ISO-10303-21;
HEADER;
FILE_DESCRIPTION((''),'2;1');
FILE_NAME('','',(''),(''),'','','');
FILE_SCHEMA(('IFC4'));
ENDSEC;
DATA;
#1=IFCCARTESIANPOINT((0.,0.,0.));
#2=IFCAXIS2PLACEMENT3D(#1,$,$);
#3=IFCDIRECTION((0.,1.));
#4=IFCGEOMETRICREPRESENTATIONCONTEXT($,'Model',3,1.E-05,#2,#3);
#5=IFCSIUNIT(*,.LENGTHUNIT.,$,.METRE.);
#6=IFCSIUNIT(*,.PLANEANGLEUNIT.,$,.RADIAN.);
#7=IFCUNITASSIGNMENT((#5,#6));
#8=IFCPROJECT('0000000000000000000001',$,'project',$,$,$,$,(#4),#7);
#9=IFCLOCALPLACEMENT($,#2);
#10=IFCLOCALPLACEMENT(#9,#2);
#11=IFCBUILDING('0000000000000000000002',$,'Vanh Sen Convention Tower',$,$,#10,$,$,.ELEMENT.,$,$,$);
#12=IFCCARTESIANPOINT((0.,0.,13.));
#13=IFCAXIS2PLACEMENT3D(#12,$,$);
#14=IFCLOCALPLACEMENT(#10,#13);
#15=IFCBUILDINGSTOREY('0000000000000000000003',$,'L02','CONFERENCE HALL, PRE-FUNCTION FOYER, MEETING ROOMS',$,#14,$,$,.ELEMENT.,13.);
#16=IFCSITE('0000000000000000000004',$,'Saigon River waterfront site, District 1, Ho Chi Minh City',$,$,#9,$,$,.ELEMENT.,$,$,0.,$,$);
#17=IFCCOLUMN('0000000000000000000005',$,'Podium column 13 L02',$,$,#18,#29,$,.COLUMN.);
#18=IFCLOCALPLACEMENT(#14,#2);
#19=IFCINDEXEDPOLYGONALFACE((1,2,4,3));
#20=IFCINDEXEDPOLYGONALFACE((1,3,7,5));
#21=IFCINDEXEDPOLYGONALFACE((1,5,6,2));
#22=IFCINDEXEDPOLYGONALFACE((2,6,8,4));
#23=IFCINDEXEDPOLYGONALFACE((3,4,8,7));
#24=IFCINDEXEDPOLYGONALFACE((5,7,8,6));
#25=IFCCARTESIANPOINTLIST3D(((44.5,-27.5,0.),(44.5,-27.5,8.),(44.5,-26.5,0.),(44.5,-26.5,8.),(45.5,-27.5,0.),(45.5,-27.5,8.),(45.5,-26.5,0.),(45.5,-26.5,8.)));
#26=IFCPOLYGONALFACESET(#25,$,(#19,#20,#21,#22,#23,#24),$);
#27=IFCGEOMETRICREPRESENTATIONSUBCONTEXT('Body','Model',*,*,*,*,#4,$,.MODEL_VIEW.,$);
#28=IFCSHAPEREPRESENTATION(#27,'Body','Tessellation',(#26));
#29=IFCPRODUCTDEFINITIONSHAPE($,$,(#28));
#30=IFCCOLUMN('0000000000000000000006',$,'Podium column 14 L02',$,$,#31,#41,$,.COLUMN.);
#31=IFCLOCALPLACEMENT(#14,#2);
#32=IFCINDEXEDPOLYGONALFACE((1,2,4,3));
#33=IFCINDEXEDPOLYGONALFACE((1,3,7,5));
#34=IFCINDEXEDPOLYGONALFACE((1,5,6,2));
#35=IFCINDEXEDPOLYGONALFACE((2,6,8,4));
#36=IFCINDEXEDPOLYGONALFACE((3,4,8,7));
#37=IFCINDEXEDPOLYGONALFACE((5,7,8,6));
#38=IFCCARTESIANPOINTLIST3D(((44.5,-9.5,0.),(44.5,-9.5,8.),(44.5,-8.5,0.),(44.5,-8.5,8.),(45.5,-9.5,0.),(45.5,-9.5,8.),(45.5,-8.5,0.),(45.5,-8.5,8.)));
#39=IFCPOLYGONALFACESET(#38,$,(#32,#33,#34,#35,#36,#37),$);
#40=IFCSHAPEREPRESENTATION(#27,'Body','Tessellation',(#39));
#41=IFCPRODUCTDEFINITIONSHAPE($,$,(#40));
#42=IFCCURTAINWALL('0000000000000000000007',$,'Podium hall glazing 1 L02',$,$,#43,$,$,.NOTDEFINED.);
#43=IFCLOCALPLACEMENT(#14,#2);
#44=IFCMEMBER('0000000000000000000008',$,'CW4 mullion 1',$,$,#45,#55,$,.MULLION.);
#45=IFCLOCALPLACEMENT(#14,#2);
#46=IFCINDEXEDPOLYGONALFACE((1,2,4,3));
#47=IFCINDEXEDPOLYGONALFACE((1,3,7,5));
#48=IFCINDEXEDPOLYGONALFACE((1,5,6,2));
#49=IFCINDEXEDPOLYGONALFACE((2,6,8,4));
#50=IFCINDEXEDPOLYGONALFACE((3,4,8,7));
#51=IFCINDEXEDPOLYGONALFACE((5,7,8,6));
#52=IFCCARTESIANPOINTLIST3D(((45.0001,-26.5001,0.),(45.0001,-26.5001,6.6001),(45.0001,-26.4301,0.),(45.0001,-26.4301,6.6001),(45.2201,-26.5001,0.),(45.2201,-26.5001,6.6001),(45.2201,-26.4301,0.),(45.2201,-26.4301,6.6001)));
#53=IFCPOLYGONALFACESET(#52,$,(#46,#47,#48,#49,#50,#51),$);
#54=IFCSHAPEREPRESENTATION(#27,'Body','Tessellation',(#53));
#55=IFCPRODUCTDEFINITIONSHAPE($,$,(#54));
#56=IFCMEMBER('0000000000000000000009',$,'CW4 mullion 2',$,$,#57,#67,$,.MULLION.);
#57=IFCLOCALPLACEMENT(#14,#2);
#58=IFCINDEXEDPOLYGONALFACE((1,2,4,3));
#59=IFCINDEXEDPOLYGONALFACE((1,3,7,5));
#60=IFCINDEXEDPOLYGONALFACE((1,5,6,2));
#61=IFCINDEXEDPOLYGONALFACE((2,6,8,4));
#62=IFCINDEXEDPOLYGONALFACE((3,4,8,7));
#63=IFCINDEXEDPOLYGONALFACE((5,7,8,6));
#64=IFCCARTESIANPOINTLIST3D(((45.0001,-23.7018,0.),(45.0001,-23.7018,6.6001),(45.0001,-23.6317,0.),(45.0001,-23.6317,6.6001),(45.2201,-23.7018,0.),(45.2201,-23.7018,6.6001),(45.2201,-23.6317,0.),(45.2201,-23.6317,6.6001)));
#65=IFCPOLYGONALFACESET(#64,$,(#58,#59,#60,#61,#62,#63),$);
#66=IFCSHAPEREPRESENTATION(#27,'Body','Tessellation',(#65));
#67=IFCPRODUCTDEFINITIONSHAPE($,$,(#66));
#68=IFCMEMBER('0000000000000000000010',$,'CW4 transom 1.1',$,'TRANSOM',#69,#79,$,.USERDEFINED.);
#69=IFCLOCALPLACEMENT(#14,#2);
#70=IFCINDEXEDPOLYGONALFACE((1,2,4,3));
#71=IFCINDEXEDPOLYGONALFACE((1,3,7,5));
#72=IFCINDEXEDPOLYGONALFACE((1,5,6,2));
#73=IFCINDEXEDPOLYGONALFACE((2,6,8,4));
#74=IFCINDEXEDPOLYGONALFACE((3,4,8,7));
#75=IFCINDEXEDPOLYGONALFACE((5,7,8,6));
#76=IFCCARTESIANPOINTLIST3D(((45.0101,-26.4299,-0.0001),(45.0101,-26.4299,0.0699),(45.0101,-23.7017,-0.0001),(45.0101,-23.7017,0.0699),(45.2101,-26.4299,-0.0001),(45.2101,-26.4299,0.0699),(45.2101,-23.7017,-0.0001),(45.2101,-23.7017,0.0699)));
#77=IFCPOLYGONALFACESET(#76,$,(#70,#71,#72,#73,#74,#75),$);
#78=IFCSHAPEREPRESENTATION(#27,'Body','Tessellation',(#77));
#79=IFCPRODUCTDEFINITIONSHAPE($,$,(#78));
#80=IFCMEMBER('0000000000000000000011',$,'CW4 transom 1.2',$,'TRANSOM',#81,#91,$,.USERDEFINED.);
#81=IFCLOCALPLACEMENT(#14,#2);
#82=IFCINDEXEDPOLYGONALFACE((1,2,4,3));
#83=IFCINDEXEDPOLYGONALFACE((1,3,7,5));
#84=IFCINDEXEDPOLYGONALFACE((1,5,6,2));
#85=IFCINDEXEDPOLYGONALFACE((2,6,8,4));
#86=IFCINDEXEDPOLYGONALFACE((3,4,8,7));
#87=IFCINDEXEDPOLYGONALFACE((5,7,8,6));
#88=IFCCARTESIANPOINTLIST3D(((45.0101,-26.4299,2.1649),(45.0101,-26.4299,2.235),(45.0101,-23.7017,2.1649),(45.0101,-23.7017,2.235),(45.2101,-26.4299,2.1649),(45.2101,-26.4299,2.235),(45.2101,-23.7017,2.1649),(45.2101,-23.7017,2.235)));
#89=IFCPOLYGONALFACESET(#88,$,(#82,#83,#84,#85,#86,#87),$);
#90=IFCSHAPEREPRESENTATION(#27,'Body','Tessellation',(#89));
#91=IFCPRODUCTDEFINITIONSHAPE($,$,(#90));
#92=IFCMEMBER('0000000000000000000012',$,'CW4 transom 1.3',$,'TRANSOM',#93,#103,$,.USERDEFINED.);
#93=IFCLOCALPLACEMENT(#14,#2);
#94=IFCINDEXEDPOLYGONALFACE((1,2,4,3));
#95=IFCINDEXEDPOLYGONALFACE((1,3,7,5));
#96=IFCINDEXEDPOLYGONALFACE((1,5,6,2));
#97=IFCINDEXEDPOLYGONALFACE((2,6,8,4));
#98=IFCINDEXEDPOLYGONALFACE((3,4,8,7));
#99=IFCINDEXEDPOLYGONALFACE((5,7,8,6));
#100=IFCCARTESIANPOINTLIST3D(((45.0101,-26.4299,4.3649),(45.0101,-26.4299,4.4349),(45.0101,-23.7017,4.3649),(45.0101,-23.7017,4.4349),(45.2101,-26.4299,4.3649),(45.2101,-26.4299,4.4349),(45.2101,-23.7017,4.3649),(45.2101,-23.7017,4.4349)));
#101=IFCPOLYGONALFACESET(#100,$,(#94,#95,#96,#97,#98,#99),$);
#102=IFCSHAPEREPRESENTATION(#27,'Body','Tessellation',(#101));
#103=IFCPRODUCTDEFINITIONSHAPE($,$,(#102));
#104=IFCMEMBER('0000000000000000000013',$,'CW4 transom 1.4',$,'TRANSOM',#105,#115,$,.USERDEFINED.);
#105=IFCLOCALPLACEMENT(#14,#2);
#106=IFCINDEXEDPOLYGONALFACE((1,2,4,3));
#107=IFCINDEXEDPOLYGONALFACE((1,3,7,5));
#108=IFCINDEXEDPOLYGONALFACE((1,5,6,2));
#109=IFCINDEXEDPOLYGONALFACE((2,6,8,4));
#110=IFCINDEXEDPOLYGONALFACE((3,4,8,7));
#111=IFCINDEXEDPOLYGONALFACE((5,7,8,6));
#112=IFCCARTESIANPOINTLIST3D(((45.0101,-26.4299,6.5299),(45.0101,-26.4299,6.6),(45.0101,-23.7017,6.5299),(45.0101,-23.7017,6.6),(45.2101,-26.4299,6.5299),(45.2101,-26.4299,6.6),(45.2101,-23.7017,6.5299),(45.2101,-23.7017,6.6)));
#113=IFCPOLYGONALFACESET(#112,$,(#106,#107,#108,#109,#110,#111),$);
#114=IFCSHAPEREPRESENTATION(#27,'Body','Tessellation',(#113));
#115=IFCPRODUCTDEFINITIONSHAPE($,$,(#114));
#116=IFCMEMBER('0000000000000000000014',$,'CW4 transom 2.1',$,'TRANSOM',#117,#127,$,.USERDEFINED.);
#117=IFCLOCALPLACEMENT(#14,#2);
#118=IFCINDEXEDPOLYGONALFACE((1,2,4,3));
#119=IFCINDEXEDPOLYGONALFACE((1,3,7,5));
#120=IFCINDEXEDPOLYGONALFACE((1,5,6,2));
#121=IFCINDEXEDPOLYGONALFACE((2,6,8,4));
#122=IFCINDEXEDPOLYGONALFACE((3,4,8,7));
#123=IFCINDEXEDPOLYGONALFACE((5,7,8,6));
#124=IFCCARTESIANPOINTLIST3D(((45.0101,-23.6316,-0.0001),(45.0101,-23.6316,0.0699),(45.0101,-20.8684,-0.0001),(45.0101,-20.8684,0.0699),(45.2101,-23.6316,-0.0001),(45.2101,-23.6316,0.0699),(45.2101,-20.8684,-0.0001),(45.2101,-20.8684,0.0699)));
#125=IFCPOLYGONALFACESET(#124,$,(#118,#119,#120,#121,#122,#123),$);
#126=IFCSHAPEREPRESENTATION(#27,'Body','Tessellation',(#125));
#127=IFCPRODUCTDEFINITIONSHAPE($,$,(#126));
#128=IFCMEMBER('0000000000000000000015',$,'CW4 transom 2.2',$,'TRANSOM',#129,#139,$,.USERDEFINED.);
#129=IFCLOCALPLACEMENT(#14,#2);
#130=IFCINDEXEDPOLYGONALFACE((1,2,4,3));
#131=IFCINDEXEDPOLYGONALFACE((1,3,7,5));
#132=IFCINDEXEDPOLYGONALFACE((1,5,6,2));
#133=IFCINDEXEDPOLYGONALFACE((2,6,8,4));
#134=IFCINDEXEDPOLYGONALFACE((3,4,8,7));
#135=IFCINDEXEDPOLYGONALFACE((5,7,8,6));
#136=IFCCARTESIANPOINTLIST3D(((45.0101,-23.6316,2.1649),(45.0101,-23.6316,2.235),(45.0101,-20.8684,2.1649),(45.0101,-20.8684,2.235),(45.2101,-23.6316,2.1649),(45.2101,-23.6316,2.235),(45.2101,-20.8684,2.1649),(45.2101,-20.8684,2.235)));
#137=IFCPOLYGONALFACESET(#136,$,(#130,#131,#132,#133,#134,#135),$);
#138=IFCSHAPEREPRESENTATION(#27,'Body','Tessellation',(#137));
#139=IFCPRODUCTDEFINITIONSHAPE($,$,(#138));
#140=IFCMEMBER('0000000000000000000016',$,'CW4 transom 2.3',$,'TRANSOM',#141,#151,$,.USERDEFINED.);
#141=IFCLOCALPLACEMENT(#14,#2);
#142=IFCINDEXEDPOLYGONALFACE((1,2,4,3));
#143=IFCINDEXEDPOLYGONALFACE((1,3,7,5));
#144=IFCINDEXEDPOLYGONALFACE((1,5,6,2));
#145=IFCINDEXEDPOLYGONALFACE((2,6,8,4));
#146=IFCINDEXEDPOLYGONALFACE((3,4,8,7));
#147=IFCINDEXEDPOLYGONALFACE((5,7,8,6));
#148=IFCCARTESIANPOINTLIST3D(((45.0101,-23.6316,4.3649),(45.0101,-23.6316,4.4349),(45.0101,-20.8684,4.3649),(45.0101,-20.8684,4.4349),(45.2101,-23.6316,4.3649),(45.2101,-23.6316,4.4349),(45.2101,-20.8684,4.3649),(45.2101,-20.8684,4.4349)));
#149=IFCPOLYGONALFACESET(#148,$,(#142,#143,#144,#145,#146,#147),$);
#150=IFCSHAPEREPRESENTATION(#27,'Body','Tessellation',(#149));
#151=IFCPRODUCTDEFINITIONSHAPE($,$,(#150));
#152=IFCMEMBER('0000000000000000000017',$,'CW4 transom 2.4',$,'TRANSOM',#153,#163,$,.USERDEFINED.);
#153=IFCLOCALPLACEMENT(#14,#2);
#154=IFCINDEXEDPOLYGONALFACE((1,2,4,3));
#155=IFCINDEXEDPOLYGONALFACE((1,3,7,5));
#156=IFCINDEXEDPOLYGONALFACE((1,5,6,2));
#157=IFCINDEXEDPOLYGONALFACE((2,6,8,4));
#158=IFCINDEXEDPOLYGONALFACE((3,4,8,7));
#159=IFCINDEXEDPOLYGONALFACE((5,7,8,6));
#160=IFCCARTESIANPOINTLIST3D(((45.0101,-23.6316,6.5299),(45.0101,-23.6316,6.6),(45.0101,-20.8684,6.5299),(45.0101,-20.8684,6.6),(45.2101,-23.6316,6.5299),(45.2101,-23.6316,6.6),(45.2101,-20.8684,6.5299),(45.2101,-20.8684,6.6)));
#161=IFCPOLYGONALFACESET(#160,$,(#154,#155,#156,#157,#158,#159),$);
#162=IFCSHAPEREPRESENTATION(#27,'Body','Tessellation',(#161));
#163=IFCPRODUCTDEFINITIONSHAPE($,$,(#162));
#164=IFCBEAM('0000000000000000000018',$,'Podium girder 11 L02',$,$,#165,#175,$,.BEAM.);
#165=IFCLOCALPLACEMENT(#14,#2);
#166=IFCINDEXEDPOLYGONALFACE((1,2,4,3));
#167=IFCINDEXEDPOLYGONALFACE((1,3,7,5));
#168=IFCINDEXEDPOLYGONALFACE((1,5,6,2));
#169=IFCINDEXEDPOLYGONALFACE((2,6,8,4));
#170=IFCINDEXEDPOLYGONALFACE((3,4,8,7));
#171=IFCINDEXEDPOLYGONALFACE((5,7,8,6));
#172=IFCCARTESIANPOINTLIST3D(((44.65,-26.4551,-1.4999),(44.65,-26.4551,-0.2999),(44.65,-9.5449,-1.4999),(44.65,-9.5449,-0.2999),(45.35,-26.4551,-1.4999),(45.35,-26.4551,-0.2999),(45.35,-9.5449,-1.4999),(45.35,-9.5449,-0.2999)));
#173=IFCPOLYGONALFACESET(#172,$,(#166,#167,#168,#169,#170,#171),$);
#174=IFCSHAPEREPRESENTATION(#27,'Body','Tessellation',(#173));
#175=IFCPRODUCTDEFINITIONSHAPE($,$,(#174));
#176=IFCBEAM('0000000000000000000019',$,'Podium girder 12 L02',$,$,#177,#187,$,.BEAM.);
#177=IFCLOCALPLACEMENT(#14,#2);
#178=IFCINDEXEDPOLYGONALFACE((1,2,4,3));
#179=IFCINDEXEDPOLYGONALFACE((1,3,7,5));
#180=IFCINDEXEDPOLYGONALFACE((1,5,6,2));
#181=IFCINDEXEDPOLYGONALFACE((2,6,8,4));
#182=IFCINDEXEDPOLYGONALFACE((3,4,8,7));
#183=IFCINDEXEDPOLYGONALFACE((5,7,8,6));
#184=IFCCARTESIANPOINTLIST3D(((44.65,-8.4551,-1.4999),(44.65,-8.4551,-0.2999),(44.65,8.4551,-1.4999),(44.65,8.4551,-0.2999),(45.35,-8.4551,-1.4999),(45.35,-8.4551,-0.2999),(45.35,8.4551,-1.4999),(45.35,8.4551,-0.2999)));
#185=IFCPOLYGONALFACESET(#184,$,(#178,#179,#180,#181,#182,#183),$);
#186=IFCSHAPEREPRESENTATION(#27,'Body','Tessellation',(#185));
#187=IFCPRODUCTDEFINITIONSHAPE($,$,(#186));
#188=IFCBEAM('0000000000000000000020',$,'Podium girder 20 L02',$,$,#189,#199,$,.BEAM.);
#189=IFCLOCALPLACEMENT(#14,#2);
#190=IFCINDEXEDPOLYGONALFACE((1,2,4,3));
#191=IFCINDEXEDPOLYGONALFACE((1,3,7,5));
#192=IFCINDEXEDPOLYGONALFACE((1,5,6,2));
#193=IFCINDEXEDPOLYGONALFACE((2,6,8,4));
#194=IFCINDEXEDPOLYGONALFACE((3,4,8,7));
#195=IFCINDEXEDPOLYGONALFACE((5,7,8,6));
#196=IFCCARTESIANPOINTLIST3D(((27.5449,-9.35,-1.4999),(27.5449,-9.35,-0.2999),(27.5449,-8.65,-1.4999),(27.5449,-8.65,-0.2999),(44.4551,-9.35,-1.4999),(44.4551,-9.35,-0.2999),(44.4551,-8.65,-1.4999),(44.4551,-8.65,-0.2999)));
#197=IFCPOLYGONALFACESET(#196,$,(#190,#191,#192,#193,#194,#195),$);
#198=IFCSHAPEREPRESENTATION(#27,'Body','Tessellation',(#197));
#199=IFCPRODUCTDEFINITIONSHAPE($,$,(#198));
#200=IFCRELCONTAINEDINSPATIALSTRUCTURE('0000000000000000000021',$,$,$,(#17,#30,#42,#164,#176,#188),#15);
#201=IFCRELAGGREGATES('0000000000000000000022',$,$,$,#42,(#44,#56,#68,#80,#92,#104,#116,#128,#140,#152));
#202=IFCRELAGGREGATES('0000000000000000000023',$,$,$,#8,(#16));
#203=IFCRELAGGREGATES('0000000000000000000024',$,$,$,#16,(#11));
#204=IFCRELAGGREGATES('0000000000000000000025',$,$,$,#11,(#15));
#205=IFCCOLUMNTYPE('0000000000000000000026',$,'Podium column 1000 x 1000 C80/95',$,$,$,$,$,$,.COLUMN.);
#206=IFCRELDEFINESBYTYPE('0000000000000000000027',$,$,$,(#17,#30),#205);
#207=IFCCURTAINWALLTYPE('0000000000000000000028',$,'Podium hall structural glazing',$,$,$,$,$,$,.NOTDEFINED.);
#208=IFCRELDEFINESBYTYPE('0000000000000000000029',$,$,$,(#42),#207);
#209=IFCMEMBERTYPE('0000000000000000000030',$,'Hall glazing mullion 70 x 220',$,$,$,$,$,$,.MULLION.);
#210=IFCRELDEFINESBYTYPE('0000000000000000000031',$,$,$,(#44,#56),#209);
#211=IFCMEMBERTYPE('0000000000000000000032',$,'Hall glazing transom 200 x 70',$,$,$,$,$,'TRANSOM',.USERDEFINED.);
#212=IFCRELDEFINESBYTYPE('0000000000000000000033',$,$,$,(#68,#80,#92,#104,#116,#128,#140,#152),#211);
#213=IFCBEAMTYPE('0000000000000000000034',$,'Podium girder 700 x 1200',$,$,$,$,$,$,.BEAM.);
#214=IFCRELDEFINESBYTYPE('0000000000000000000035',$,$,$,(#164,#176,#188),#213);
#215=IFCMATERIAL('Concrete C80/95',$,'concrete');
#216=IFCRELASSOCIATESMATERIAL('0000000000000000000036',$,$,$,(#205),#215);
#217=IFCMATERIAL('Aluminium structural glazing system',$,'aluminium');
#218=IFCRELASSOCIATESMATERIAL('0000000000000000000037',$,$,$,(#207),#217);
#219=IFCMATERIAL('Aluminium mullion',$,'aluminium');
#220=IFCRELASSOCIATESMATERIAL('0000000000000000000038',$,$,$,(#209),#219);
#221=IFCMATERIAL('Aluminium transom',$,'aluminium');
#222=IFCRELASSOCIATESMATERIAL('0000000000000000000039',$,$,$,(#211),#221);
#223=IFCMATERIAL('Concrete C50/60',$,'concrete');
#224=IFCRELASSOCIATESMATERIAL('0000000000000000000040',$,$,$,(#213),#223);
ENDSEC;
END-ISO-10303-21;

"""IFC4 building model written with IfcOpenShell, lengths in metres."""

from ifc_helpers import new_model, si_unit, direction, frame, origin, origin_2d, place, context, subcontext, project, spatial, rectangle, extrude, material, material_profile, profile_set, type_object, element, aggregate, save


model = new_model("IFC4")

# Units and contexts
model_context = context("Model", 3, precision=1e-05, world=origin(), true_north=direction((0.0, 1.0)))
body_context = subcontext(model_context, "Body", "Model", "MODEL_VIEW")
ifc_project = project(units=[si_unit("LENGTHUNIT", "METRE"), si_unit("PLANEANGLEUNIT", "RADIAN")], contexts=[model_context])

# Site, building, storey
site_placement = place(None, origin())
site = spatial("IfcSite", under=ifc_project, at=site_placement, Name="Saigon River waterfront site, District 1, Ho Chi Minh City", CompositionType="ELEMENT", RefElevation=0.0)
building_placement = place(site_placement, origin())
building = spatial("IfcBuilding", under=site, at=building_placement, Name="Vanh Sen Convention Tower", CompositionType="ELEMENT")
storey_placement = place(building_placement, frame((0.0, 0.0, 13.0)))
storey = spatial("IfcBuildingStorey", under=building, at=storey_placement, Name="L02", Description="CONFERENCE HALL, PRE-FUNCTION FOYER, MEETING ROOMS", CompositionType="ELEMENT", Elevation=13.0)

# Columns
ifc_material_1 = material(Name="Concrete C80/95", Category="concrete")
ifc_material_profile_1 = material_profile(ifc_material_1, rectangle(XDim=1.0, YDim=1.0, at=origin_2d()), Name="RC 1000X1000")
ifc_profile_set_1 = profile_set([ifc_material_profile_1], Name="Concrete C80/95")
column_type = type_object("IfcColumnType", Name="Podium column 1000 x 1000 C80/95", PredefinedType="COLUMN", material=ifc_profile_set_1)
for number, where, z_axis, x_axis, name in (
    (1, (45.0, -27.0, 0.0), (0.0, 0.0, 1.0), (1.0, 0.0, 0.0), "Podium column 13 L02"),
    (2, (45.0, -9.0, 0.0), (0.0, 0.0, 1.0), (1.0, 0.0, 0.0), "Podium column 14 L02"),
):
    element("IfcColumn", number, at=place(storey_placement, frame(where, z_axis=z_axis, x_axis=x_axis)), inside=storey, type_object=column_type, Name=name, PredefinedType="COLUMN", context=body_context, shape_type="SweptSolid", body=[
        extrude(rectangle(XDim=1.0, YDim=1.0, at=origin_2d()), origin(), (0.0, 0.0, 1.0), 8.0),
    ])

# Curtain wall, members
ifc_material_2 = material(Name="Aluminium structural glazing system", Category="aluminium")
curtain_wall_type = type_object("IfcCurtainWallType", Name="Podium hall structural glazing", PredefinedType="NOTDEFINED", material=ifc_material_2)
curtain_wall_placement = place(storey_placement, origin())
curtain_wall = element("IfcCurtainWall", 3, at=curtain_wall_placement, inside=storey, type_object=curtain_wall_type, Name="Podium hall glazing 1 L02", PredefinedType="NOTDEFINED")
ifc_material_3 = material(Name="Aluminium mullion", Category="aluminium")
ifc_material_profile_2 = material_profile(ifc_material_3, rectangle(XDim=0.22, YDim=0.0701, at=origin_2d()), Name="Hall glazing mullion 70 x 220")
ifc_profile_set_2 = profile_set([ifc_material_profile_2], Name="Aluminium mullion")
member_type_1 = type_object("IfcMemberType", Name="Hall glazing mullion 70 x 220", PredefinedType="MULLION", material=ifc_profile_set_2)
member_1_placement = place(storey_placement, frame((45.1101, -26.4651, 0.0), z_axis=(0.0, 0.0, 1.0), x_axis=(-1.0, 0.0, 0.0)))
member_1 = element("IfcMember", 4, at=member_1_placement, type_object=member_type_1, Name="CW4 mullion 1", PredefinedType="MULLION", context=body_context, shape_type="SweptSolid", body=[
    extrude(rectangle(XDim=0.22, YDim=0.0701, at=origin_2d()), origin(), (0.0, 0.0, 1.0), 6.6001),
])
member_2_placement = place(storey_placement, frame((45.1101, -23.6667, 0.0), z_axis=(0.0, 0.0, 1.0), x_axis=(-1.0, 0.0, 0.0)))
member_2 = element("IfcMember", 5, at=member_2_placement, type_object=member_type_1, Name="CW4 mullion 2", PredefinedType="MULLION", context=body_context, shape_type="SweptSolid", body=[
    extrude(rectangle(XDim=0.22, YDim=0.0701, at=origin_2d()), origin(), (0.0, 0.0, 1.0), 6.6001),
])
ifc_material_4 = material(Name="Aluminium transom", Category="aluminium")
ifc_material_profile_3 = material_profile(ifc_material_4, rectangle(XDim=0.2, YDim=0.0701, at=origin_2d()), Name="Hall glazing transom 200 x 70")
ifc_profile_set_3 = profile_set([ifc_material_profile_3], Name="Aluminium transom")
member_type_2 = type_object("IfcMemberType", Name="Hall glazing transom 200 x 70", ElementType="TRANSOM", PredefinedType="USERDEFINED", material=ifc_profile_set_3)
member_3_placement = place(storey_placement, frame((45.1101, -26.4299, 0.0349), z_axis=(0.0, 1.0, 0.0), x_axis=(-1.0, 0.0, 0.0)))
member_3 = element("IfcMember", 6, at=member_3_placement, type_object=member_type_2, Name="CW4 transom 1.1", ObjectType="TRANSOM", PredefinedType="USERDEFINED", context=body_context, shape_type="SweptSolid", body=[
    extrude(rectangle(XDim=0.2, YDim=0.0701, at=origin_2d()), origin(), (0.0, 0.0, 1.0), 2.7283),
])
member_4_placement = place(storey_placement, frame((45.1101, -26.4299, 2.2), z_axis=(0.0, 1.0, 0.0), x_axis=(-1.0, 0.0, 0.0)))
member_4 = element("IfcMember", 7, at=member_4_placement, type_object=member_type_2, Name="CW4 transom 1.2", ObjectType="TRANSOM", PredefinedType="USERDEFINED", context=body_context, shape_type="SweptSolid", body=[
    extrude(rectangle(XDim=0.2, YDim=0.0701, at=origin_2d()), origin(), (0.0, 0.0, 1.0), 2.7283),
])
member_5_placement = place(storey_placement, frame((45.1101, -26.4299, 4.3999), z_axis=(0.0, 1.0, 0.0), x_axis=(-1.0, 0.0, 0.0)))
member_5 = element("IfcMember", 8, at=member_5_placement, type_object=member_type_2, Name="CW4 transom 1.3", ObjectType="TRANSOM", PredefinedType="USERDEFINED", context=body_context, shape_type="SweptSolid", body=[
    extrude(rectangle(XDim=0.2, YDim=0.0701, at=origin_2d()), origin(), (0.0, 0.0, 1.0), 2.7283),
])
member_6_placement = place(storey_placement, frame((45.1101, -26.4299, 6.5649), z_axis=(0.0, 1.0, 0.0), x_axis=(-1.0, 0.0, 0.0)))
member_6 = element("IfcMember", 9, at=member_6_placement, type_object=member_type_2, Name="CW4 transom 1.4", ObjectType="TRANSOM", PredefinedType="USERDEFINED", context=body_context, shape_type="SweptSolid", body=[
    extrude(rectangle(XDim=0.2, YDim=0.0701, at=origin_2d()), origin(), (0.0, 0.0, 1.0), 2.7283),
])
member_7_placement = place(storey_placement, frame((45.1101, -23.6316, 0.0349), z_axis=(0.0, 1.0, 0.0), x_axis=(-1.0, 0.0, 0.0)))
member_7 = element("IfcMember", 10, at=member_7_placement, type_object=member_type_2, Name="CW4 transom 2.1", ObjectType="TRANSOM", PredefinedType="USERDEFINED", context=body_context, shape_type="SweptSolid", body=[
    extrude(rectangle(XDim=0.2, YDim=0.0701, at=origin_2d()), origin(), (0.0, 0.0, 1.0), 2.7632),
])
member_8_placement = place(storey_placement, frame((45.1101, -23.6316, 2.2), z_axis=(0.0, 1.0, 0.0), x_axis=(-1.0, 0.0, 0.0)))
member_8 = element("IfcMember", 11, at=member_8_placement, type_object=member_type_2, Name="CW4 transom 2.2", ObjectType="TRANSOM", PredefinedType="USERDEFINED", context=body_context, shape_type="SweptSolid", body=[
    extrude(rectangle(XDim=0.2, YDim=0.0701, at=origin_2d()), origin(), (0.0, 0.0, 1.0), 2.7632),
])
member_9_placement = place(storey_placement, frame((45.1101, -23.6316, 4.3999), z_axis=(0.0, 1.0, 0.0), x_axis=(-1.0, 0.0, 0.0)))
member_9 = element("IfcMember", 12, at=member_9_placement, type_object=member_type_2, Name="CW4 transom 2.3", ObjectType="TRANSOM", PredefinedType="USERDEFINED", context=body_context, shape_type="SweptSolid", body=[
    extrude(rectangle(XDim=0.2, YDim=0.0701, at=origin_2d()), origin(), (0.0, 0.0, 1.0), 2.7632),
])
member_10_placement = place(storey_placement, frame((45.1101, -23.6316, 6.5649), z_axis=(0.0, 1.0, 0.0), x_axis=(-1.0, 0.0, 0.0)))
member_10 = element("IfcMember", 13, at=member_10_placement, type_object=member_type_2, Name="CW4 transom 2.4", ObjectType="TRANSOM", PredefinedType="USERDEFINED", context=body_context, shape_type="SweptSolid", body=[
    extrude(rectangle(XDim=0.2, YDim=0.0701, at=origin_2d()), origin(), (0.0, 0.0, 1.0), 2.7632),
])

# Beams
ifc_material_5 = material(Name="Concrete C50/60", Category="concrete")
ifc_material_profile_4 = material_profile(ifc_material_5, rectangle(XDim=0.7, YDim=1.2, at=origin_2d()), Name="RC 700X1200")
ifc_profile_set_4 = profile_set([ifc_material_profile_4], Name="Concrete C50/60")
beam_type = type_object("IfcBeamType", Name="Podium girder 700 x 1200", PredefinedType="BEAM", material=ifc_profile_set_4)
for number, where, z_axis, x_axis, name in (
    (14, (45.0, -26.4551, -0.8999), (0.0, 1.0, 0.0), (-1.0, 0.0, 0.0), "Podium girder 11 L02"),
    (15, (45.0, -8.4551, -0.8999), (0.0, 1.0, 0.0), (-1.0, 0.0, 0.0), "Podium girder 12 L02"),
    (16, (27.5449, -9.0, -0.8999), (1.0, 0.0, 0.0), (0.0, 1.0, 0.0), "Podium girder 20 L02"),
):
    element("IfcBeam", number, at=place(storey_placement, frame(where, z_axis=z_axis, x_axis=x_axis)), inside=storey, type_object=beam_type, Name=name, PredefinedType="BEAM", context=body_context, shape_type="SweptSolid", body=[
        extrude(rectangle(XDim=0.7, YDim=1.2, at=origin_2d()), origin(), (0.0, 0.0, 1.0), 16.9102),
    ])

aggregate(curtain_wall, [member_1, member_2, member_3, member_4, member_5, member_6, member_7, member_8, member_9, member_10])

save(model, "model.ifc")
